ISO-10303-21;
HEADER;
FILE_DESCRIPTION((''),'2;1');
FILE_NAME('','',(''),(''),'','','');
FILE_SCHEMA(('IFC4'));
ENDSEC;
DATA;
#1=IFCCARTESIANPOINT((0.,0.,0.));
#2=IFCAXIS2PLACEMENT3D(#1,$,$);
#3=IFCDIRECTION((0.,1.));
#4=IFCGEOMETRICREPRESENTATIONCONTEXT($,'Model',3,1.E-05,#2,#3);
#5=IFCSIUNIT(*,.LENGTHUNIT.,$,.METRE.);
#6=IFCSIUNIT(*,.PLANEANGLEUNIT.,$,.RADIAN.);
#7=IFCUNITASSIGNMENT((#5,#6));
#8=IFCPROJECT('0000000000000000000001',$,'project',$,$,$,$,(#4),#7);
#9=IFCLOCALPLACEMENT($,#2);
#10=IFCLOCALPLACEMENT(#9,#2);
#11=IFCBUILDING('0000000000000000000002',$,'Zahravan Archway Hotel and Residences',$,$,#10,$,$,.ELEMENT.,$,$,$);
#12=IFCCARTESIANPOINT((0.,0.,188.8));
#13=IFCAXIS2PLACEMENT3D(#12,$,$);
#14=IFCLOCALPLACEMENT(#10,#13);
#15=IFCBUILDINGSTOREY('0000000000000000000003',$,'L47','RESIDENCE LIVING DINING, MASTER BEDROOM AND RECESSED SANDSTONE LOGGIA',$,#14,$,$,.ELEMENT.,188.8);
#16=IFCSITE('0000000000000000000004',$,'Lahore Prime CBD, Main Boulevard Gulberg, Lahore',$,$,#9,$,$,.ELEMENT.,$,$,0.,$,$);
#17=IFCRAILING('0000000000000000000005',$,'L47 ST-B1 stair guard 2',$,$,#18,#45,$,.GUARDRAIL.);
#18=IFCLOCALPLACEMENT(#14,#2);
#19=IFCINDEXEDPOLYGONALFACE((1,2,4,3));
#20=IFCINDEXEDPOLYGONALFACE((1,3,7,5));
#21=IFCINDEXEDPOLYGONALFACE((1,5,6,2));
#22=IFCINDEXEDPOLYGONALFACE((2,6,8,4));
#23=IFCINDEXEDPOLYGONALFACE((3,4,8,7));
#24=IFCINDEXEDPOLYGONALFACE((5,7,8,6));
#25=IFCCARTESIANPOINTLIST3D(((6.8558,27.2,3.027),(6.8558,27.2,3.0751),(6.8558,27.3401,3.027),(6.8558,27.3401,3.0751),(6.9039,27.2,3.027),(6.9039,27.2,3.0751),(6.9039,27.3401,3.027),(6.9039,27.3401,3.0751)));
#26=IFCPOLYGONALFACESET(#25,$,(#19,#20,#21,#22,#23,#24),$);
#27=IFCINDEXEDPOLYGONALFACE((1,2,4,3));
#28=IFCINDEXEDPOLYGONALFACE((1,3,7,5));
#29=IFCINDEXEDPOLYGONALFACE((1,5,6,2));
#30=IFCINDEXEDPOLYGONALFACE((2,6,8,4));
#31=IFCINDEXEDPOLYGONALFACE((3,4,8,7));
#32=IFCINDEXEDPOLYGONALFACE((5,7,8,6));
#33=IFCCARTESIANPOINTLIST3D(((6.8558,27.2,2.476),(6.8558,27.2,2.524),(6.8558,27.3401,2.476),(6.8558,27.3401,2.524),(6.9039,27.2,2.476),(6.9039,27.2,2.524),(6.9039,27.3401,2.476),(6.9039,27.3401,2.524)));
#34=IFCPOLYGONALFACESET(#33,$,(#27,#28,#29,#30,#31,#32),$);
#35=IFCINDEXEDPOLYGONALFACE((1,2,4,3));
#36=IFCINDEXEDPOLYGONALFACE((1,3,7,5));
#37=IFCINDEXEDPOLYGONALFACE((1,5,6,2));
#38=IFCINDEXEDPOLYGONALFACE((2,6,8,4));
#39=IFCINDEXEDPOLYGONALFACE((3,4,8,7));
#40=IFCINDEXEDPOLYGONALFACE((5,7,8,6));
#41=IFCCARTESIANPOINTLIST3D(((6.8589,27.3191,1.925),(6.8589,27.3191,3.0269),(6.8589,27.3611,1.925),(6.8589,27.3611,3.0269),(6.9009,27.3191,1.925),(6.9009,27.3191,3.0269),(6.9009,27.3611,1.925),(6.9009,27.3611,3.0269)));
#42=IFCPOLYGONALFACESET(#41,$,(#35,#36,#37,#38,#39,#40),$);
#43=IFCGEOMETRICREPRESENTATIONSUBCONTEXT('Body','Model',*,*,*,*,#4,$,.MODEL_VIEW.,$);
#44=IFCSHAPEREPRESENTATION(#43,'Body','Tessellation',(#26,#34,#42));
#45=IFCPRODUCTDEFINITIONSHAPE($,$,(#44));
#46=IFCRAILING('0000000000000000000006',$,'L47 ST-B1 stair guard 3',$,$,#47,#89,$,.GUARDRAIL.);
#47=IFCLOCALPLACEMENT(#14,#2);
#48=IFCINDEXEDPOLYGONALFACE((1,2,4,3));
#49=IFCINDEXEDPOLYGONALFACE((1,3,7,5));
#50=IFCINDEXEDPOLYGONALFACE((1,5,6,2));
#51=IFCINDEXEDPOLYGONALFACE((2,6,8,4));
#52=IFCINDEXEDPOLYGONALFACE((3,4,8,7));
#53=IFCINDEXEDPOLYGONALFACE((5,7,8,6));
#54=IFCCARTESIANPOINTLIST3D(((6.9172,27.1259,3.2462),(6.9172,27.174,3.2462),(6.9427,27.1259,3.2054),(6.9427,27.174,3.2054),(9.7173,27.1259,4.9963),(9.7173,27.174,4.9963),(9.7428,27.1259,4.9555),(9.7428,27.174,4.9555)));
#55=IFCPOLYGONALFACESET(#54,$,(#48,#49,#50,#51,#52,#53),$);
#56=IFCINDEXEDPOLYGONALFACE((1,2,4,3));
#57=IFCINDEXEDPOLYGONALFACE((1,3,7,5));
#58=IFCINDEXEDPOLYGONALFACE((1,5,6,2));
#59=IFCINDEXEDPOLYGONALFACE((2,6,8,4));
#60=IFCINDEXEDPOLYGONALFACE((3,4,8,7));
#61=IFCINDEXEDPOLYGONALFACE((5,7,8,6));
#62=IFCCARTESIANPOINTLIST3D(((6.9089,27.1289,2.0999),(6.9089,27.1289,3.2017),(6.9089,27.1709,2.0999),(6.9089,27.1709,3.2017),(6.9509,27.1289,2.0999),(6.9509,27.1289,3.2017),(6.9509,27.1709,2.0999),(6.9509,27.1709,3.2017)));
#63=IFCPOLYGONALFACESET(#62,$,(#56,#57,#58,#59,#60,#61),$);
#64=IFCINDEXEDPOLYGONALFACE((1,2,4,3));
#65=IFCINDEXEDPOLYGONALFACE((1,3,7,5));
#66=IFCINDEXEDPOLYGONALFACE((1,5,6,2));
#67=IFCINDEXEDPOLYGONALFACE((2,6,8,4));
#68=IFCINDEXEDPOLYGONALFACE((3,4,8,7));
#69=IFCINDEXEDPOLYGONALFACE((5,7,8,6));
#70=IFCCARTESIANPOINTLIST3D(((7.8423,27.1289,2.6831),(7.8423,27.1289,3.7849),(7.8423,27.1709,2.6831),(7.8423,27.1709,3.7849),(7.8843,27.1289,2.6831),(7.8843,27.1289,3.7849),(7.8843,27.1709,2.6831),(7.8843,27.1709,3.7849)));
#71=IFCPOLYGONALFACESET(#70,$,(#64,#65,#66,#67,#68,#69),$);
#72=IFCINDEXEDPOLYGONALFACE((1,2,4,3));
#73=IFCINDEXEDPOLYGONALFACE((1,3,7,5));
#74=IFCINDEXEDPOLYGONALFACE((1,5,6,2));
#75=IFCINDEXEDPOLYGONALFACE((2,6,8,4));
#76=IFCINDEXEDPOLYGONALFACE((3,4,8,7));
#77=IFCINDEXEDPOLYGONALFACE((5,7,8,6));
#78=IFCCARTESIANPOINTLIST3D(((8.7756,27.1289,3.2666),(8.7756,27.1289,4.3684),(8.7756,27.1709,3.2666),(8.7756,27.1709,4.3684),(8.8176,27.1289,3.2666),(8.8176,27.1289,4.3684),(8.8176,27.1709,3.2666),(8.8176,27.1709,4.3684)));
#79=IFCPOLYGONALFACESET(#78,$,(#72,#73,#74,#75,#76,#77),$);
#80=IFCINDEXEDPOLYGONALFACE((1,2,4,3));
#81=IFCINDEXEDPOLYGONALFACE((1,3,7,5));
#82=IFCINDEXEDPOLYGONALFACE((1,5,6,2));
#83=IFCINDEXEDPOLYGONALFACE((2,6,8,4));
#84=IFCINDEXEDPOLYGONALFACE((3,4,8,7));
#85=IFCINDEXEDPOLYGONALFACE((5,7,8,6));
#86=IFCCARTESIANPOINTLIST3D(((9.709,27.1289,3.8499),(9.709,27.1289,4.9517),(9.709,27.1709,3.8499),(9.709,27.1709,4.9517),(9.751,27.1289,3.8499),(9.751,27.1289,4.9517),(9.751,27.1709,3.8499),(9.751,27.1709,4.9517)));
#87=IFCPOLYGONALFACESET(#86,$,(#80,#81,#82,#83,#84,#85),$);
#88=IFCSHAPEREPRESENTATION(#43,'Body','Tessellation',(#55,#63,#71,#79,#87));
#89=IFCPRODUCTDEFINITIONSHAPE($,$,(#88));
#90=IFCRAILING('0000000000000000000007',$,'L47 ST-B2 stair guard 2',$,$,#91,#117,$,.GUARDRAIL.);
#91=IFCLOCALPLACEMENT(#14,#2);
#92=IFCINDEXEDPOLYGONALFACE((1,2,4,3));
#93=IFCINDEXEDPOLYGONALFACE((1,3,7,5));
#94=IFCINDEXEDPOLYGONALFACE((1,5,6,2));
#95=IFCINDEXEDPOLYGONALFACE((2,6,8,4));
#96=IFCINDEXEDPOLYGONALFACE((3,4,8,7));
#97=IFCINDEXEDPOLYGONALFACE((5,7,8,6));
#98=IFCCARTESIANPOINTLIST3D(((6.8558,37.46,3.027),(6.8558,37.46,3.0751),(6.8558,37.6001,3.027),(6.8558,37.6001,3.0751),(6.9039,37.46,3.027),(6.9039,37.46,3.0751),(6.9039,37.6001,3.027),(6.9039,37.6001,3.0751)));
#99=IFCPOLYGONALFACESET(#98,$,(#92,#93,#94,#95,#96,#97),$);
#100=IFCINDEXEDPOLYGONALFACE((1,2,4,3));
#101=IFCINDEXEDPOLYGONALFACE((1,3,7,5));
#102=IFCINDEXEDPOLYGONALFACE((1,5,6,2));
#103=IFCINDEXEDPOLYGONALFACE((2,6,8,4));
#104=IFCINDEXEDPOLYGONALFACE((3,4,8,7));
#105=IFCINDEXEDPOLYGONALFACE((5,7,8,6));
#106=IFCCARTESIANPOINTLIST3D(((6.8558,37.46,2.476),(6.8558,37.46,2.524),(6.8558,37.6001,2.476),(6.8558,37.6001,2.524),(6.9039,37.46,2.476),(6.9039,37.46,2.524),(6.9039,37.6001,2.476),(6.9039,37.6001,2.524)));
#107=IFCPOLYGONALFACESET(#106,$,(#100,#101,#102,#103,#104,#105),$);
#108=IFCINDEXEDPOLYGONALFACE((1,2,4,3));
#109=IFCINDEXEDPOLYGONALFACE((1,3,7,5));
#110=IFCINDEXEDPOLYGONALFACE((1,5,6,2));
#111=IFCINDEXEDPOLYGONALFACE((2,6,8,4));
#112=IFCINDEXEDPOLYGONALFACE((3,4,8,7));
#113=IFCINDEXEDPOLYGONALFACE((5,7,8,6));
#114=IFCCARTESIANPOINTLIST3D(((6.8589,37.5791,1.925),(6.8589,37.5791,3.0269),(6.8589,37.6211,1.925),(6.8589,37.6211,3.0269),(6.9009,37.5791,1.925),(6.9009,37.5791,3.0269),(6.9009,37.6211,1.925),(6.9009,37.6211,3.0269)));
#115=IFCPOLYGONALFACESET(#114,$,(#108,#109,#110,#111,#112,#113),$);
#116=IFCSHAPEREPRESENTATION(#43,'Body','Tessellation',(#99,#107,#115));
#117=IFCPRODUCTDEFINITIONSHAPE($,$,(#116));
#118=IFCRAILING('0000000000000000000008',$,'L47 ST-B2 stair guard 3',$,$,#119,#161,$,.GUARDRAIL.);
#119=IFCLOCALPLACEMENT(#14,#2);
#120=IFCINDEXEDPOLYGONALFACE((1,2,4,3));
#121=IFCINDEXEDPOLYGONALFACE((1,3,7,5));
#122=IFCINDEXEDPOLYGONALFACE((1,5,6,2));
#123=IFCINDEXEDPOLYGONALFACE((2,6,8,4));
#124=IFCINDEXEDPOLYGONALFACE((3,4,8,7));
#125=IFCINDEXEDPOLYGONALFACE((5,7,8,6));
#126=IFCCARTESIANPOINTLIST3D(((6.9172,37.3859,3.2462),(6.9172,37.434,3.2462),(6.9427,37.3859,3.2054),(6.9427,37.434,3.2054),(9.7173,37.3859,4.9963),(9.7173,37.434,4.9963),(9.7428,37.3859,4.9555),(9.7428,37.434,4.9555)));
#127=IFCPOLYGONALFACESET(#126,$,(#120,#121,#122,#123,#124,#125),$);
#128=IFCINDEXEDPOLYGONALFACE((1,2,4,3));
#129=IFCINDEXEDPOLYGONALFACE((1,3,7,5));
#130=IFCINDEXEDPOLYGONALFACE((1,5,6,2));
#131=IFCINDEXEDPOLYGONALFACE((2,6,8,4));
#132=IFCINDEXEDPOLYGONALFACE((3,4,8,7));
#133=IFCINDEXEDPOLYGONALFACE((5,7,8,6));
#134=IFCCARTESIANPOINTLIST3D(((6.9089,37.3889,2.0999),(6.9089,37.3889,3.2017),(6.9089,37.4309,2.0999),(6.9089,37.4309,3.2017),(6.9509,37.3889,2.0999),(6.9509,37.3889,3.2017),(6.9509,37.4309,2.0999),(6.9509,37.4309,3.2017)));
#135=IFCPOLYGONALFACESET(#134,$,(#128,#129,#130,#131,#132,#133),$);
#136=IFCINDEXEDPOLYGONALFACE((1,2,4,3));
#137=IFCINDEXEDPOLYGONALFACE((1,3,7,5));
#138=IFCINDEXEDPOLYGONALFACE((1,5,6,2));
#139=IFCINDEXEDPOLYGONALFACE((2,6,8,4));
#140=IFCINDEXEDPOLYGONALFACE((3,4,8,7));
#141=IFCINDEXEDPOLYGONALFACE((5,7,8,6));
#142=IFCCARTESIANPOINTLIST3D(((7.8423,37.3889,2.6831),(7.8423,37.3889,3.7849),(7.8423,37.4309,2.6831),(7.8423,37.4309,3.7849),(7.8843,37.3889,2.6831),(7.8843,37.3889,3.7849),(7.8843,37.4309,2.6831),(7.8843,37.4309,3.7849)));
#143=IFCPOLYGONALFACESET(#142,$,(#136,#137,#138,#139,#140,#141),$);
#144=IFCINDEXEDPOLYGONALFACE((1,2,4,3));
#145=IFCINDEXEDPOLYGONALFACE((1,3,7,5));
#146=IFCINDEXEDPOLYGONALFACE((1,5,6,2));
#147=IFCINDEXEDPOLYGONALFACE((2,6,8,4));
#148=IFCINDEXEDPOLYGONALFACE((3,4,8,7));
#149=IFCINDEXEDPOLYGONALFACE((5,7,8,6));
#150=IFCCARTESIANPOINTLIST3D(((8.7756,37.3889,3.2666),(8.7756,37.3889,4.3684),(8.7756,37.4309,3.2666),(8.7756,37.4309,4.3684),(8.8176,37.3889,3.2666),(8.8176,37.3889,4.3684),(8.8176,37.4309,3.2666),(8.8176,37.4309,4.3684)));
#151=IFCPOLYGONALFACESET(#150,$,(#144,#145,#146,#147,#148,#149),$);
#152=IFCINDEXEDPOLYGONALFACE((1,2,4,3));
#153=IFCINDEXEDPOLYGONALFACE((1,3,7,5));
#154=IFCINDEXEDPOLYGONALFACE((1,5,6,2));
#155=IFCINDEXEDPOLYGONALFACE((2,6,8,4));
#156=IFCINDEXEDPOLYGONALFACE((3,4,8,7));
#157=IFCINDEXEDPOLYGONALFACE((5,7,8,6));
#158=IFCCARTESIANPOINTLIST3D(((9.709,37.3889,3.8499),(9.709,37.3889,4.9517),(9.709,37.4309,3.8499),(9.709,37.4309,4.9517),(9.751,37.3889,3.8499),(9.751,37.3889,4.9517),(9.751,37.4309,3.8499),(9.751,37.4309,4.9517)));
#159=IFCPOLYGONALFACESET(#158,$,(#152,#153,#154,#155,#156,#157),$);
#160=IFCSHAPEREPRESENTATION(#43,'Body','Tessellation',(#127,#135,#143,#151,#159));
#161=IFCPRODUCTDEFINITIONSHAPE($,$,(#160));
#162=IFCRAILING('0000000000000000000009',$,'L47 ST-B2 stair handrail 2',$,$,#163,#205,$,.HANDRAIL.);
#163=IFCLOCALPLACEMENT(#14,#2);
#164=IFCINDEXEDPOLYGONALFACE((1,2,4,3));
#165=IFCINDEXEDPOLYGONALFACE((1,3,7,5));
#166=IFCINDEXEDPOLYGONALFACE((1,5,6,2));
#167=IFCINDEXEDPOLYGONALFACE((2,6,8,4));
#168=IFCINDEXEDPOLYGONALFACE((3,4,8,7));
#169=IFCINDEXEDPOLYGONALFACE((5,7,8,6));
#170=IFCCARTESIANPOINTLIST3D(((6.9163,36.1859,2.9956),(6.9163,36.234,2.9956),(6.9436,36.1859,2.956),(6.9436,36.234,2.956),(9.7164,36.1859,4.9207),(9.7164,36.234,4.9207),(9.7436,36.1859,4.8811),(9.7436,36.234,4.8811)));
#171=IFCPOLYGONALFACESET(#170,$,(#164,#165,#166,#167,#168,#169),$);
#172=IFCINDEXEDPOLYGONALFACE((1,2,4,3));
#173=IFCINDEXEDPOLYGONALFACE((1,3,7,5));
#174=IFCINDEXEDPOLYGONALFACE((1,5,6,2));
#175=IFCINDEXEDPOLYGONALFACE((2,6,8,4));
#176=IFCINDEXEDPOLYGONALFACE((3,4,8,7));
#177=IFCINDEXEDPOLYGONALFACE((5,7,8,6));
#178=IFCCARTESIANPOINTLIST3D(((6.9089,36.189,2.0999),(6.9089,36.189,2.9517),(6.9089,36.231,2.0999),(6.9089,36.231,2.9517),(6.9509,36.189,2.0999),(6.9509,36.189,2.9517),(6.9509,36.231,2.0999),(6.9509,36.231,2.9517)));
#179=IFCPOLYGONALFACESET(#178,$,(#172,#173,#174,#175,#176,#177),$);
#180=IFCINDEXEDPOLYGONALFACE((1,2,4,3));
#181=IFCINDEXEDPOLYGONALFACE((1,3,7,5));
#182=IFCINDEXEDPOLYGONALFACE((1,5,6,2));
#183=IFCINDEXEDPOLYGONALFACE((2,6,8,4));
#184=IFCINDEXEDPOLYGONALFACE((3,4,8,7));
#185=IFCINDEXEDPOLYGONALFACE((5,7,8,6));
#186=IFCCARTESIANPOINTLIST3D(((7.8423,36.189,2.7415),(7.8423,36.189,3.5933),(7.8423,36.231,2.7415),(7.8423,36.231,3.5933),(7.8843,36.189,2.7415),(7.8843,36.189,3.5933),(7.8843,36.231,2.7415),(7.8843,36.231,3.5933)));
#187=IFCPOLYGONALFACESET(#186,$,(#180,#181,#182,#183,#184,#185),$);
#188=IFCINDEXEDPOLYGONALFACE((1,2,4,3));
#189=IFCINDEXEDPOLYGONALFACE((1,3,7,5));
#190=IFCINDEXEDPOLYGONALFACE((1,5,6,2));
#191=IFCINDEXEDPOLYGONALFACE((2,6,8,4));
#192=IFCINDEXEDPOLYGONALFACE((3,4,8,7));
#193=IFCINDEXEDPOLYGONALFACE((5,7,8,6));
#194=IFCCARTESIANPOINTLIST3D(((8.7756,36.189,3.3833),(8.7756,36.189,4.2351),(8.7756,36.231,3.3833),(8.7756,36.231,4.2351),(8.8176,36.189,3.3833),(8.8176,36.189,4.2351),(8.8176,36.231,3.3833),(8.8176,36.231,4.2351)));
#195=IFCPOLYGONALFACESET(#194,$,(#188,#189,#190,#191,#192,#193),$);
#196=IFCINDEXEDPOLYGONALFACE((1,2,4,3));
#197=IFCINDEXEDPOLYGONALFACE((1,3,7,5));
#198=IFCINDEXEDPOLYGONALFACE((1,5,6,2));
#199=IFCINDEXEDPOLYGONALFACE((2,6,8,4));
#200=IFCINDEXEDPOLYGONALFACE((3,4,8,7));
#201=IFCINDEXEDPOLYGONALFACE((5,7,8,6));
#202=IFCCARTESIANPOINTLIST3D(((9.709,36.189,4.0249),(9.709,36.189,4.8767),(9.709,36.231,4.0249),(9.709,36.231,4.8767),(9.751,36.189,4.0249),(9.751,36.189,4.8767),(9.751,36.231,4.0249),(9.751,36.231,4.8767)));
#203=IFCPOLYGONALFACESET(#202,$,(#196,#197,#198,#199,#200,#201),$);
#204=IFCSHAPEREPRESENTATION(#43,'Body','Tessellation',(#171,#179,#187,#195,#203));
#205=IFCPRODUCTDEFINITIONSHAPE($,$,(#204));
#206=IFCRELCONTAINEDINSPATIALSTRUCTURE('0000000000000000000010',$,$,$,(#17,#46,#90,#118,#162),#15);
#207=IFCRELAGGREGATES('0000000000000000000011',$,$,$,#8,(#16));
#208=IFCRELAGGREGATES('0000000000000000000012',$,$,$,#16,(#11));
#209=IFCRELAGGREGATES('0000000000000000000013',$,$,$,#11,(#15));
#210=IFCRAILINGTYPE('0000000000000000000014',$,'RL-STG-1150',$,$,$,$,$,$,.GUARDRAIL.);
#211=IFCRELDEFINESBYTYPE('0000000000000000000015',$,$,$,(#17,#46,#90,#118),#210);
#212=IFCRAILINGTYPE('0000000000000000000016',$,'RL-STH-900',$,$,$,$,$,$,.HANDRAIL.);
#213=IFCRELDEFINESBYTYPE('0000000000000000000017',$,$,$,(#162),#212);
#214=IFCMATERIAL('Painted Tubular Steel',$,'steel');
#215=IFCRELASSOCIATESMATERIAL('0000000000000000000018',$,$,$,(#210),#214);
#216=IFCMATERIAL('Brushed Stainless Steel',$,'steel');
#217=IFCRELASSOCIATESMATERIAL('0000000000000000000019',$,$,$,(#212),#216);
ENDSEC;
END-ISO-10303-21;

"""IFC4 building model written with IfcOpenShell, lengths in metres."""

from ifc_helpers import new_model, si_unit, direction, frame, origin, origin_2d, place, context, subcontext, project, spatial, rectangle, extrude, material, type_object, element, save


model = new_model("IFC4")

# Units and contexts
model_context = context("Model", 3, precision=1e-05, world=origin(), true_north=direction((0.0, 1.0)))
body_context = subcontext(model_context, "Body", "Model", "MODEL_VIEW")
ifc_project = project(units=[si_unit("LENGTHUNIT", "METRE"), si_unit("PLANEANGLEUNIT", "RADIAN")], contexts=[model_context])

# Site, building, storey
site_placement = place(None, origin())
site = spatial("IfcSite", under=ifc_project, at=site_placement, Name="Lahore Prime CBD, Main Boulevard Gulberg, Lahore", CompositionType="ELEMENT", RefElevation=0.0)
building_placement = place(site_placement, origin())
building = spatial("IfcBuilding", under=site, at=building_placement, Name="Zahravan Archway Hotel and Residences", CompositionType="ELEMENT")
storey_placement = place(building_placement, frame((0.0, 0.0, 188.8)))
storey = spatial("IfcBuildingStorey", under=building, at=storey_placement, Name="L47", Description="RESIDENCE LIVING DINING, MASTER BEDROOM AND RECESSED SANDSTONE LOGGIA", CompositionType="ELEMENT", Elevation=188.8)

# Shared definitions
ifc_material_1 = material(Name="Brushed Stainless Steel", Category="steel")

# Railings
ifc_material_2 = material(Name="Painted Tubular Steel", Category="steel")
railing_type_1 = type_object("IfcRailingType", Name="RL-STG-1150", PredefinedType="GUARDRAIL", material=ifc_material_2)
railing_1_placement = place(storey_placement, frame((6.8799, 27.3401, 1.925)))
element("IfcRailing", 1, at=railing_1_placement, inside=storey, type_object=railing_type_1, Name="L47 ST-B1 stair guard 2", PredefinedType="GUARDRAIL", context=body_context, shape_type="SweptSolid", body=[
    extrude(rectangle(XDim=0.0481, YDim=0.0481, at=origin_2d()), frame((0.0, 0.0, 1.126), z_axis=(0.0, -1.0, 0.0), x_axis=(1.0, 0.0, 0.0)), (0.0, 0.0, 1.0), 0.1401),
    extrude(rectangle(XDim=0.0481, YDim=0.0481, at=origin_2d()), frame((0.0, 0.0, 0.575), z_axis=(0.0, -1.0, 0.0), x_axis=(1.0, 0.0, 0.0)), (0.0, 0.0, 1.0), 0.1401),
    extrude(rectangle(XDim=0.042, YDim=0.042, at=origin_2d()), origin(), (0.0, 0.0, 1.0), 1.1018),
])
railing_2_placement = place(storey_placement, frame((6.9299, 27.1499, 2.0999)))
element("IfcRailing", 2, at=railing_2_placement, inside=storey, type_object=railing_type_1, Name="L47 ST-B1 stair guard 3", PredefinedType="GUARDRAIL", context=body_context, shape_type="SweptSolid", body=[
    extrude(rectangle(XDim=0.0481, YDim=0.0481, at=origin_2d()), frame((0.0, 0.0, 1.126), z_axis=(0.848002, 0.0, 0.529992), x_axis=(0.0, 1.0, 0.0)), (0.0, 0.0, 1.0), 3.302),
    extrude(rectangle(XDim=0.042, YDim=0.042, at=origin_2d()), origin(), (0.0, 0.0, 1.0), 1.1018),
    extrude(rectangle(XDim=0.042, YDim=0.042, at=origin_2d()), frame((0.9333, 0.0, 0.5833)), (0.0, 0.0, 1.0), 1.1018),
    extrude(rectangle(XDim=0.042, YDim=0.042, at=origin_2d()), frame((1.8667, 0.0, 1.1667)), (0.0, 0.0, 1.0), 1.1018),
    extrude(rectangle(XDim=0.042, YDim=0.042, at=origin_2d()), frame((2.8, 0.0, 1.75)), (0.0, 0.0, 1.0), 1.1018),
])
railing_3_placement = place(storey_placement, frame((6.8799, 37.6001, 1.925)))
element("IfcRailing", 3, at=railing_3_placement, inside=storey, type_object=railing_type_1, Name="L47 ST-B2 stair guard 2", PredefinedType="GUARDRAIL", context=body_context, shape_type="SweptSolid", body=[
    extrude(rectangle(XDim=0.0481, YDim=0.0481, at=origin_2d()), frame((0.0, 0.0, 1.126), z_axis=(0.0, -1.0, 0.0), x_axis=(1.0, 0.0, 0.0)), (0.0, 0.0, 1.0), 0.1401),
    extrude(rectangle(XDim=0.0481, YDim=0.0481, at=origin_2d()), frame((0.0, 0.0, 0.575), z_axis=(0.0, -1.0, 0.0), x_axis=(1.0, 0.0, 0.0)), (0.0, 0.0, 1.0), 0.1401),
    extrude(rectangle(XDim=0.042, YDim=0.042, at=origin_2d()), origin(), (0.0, 0.0, 1.0), 1.1018),
])
railing_4_placement = place(storey_placement, frame((6.9299, 37.4099, 2.0999)))
element("IfcRailing", 4, at=railing_4_placement, inside=storey, type_object=railing_type_1, Name="L47 ST-B2 stair guard 3", PredefinedType="GUARDRAIL", context=body_context, shape_type="SweptSolid", body=[
    extrude(rectangle(XDim=0.0481, YDim=0.0481, at=origin_2d()), frame((0.0, 0.0, 1.126), z_axis=(0.848002, 0.0, 0.529992), x_axis=(0.0, 1.0, 0.0)), (0.0, 0.0, 1.0), 3.302),
    extrude(rectangle(XDim=0.042, YDim=0.042, at=origin_2d()), origin(), (0.0, 0.0, 1.0), 1.1018),
    extrude(rectangle(XDim=0.042, YDim=0.042, at=origin_2d()), frame((0.9333, 0.0, 0.5833)), (0.0, 0.0, 1.0), 1.1018),
    extrude(rectangle(XDim=0.042, YDim=0.042, at=origin_2d()), frame((1.8667, 0.0, 1.1667)), (0.0, 0.0, 1.0), 1.1018),
    extrude(rectangle(XDim=0.042, YDim=0.042, at=origin_2d()), frame((2.8, 0.0, 1.75)), (0.0, 0.0, 1.0), 1.1018),
])
railing_type_2 = type_object("IfcRailingType", Name="RL-STH-900", PredefinedType="HANDRAIL", material=ifc_material_1)
railing_5_placement = place(storey_placement, frame((6.9299, 36.21, 2.0999)))
element("IfcRailing", 5, at=railing_5_placement, inside=storey, type_object=railing_type_2, Name="L47 ST-B2 stair handrail 2", PredefinedType="HANDRAIL", context=body_context, shape_type="SweptSolid", body=[
    extrude(rectangle(XDim=0.0481, YDim=0.0481, at=origin_2d()), frame((0.0, 0.0, 0.876), z_axis=(0.82404, 0.0, 0.566532), x_axis=(0.0, 1.0, 0.0)), (0.0, 0.0, 1.0), 3.3979),
    extrude(rectangle(XDim=0.042, YDim=0.042, at=origin_2d()), origin(), (0.0, 0.0, 1.0), 0.8518),
    extrude(rectangle(XDim=0.042, YDim=0.042, at=origin_2d()), frame((0.9333, 0.0, 0.6416)), (0.0, 0.0, 1.0), 0.8518),
    extrude(rectangle(XDim=0.042, YDim=0.042, at=origin_2d()), frame((1.8667, 0.0, 1.2834)), (0.0, 0.0, 1.0), 0.8518),
    extrude(rectangle(XDim=0.042, YDim=0.042, at=origin_2d()), frame((2.8, 0.0, 1.925)), (0.0, 0.0, 1.0), 0.8518),
])

save(model, "model.ifc")
